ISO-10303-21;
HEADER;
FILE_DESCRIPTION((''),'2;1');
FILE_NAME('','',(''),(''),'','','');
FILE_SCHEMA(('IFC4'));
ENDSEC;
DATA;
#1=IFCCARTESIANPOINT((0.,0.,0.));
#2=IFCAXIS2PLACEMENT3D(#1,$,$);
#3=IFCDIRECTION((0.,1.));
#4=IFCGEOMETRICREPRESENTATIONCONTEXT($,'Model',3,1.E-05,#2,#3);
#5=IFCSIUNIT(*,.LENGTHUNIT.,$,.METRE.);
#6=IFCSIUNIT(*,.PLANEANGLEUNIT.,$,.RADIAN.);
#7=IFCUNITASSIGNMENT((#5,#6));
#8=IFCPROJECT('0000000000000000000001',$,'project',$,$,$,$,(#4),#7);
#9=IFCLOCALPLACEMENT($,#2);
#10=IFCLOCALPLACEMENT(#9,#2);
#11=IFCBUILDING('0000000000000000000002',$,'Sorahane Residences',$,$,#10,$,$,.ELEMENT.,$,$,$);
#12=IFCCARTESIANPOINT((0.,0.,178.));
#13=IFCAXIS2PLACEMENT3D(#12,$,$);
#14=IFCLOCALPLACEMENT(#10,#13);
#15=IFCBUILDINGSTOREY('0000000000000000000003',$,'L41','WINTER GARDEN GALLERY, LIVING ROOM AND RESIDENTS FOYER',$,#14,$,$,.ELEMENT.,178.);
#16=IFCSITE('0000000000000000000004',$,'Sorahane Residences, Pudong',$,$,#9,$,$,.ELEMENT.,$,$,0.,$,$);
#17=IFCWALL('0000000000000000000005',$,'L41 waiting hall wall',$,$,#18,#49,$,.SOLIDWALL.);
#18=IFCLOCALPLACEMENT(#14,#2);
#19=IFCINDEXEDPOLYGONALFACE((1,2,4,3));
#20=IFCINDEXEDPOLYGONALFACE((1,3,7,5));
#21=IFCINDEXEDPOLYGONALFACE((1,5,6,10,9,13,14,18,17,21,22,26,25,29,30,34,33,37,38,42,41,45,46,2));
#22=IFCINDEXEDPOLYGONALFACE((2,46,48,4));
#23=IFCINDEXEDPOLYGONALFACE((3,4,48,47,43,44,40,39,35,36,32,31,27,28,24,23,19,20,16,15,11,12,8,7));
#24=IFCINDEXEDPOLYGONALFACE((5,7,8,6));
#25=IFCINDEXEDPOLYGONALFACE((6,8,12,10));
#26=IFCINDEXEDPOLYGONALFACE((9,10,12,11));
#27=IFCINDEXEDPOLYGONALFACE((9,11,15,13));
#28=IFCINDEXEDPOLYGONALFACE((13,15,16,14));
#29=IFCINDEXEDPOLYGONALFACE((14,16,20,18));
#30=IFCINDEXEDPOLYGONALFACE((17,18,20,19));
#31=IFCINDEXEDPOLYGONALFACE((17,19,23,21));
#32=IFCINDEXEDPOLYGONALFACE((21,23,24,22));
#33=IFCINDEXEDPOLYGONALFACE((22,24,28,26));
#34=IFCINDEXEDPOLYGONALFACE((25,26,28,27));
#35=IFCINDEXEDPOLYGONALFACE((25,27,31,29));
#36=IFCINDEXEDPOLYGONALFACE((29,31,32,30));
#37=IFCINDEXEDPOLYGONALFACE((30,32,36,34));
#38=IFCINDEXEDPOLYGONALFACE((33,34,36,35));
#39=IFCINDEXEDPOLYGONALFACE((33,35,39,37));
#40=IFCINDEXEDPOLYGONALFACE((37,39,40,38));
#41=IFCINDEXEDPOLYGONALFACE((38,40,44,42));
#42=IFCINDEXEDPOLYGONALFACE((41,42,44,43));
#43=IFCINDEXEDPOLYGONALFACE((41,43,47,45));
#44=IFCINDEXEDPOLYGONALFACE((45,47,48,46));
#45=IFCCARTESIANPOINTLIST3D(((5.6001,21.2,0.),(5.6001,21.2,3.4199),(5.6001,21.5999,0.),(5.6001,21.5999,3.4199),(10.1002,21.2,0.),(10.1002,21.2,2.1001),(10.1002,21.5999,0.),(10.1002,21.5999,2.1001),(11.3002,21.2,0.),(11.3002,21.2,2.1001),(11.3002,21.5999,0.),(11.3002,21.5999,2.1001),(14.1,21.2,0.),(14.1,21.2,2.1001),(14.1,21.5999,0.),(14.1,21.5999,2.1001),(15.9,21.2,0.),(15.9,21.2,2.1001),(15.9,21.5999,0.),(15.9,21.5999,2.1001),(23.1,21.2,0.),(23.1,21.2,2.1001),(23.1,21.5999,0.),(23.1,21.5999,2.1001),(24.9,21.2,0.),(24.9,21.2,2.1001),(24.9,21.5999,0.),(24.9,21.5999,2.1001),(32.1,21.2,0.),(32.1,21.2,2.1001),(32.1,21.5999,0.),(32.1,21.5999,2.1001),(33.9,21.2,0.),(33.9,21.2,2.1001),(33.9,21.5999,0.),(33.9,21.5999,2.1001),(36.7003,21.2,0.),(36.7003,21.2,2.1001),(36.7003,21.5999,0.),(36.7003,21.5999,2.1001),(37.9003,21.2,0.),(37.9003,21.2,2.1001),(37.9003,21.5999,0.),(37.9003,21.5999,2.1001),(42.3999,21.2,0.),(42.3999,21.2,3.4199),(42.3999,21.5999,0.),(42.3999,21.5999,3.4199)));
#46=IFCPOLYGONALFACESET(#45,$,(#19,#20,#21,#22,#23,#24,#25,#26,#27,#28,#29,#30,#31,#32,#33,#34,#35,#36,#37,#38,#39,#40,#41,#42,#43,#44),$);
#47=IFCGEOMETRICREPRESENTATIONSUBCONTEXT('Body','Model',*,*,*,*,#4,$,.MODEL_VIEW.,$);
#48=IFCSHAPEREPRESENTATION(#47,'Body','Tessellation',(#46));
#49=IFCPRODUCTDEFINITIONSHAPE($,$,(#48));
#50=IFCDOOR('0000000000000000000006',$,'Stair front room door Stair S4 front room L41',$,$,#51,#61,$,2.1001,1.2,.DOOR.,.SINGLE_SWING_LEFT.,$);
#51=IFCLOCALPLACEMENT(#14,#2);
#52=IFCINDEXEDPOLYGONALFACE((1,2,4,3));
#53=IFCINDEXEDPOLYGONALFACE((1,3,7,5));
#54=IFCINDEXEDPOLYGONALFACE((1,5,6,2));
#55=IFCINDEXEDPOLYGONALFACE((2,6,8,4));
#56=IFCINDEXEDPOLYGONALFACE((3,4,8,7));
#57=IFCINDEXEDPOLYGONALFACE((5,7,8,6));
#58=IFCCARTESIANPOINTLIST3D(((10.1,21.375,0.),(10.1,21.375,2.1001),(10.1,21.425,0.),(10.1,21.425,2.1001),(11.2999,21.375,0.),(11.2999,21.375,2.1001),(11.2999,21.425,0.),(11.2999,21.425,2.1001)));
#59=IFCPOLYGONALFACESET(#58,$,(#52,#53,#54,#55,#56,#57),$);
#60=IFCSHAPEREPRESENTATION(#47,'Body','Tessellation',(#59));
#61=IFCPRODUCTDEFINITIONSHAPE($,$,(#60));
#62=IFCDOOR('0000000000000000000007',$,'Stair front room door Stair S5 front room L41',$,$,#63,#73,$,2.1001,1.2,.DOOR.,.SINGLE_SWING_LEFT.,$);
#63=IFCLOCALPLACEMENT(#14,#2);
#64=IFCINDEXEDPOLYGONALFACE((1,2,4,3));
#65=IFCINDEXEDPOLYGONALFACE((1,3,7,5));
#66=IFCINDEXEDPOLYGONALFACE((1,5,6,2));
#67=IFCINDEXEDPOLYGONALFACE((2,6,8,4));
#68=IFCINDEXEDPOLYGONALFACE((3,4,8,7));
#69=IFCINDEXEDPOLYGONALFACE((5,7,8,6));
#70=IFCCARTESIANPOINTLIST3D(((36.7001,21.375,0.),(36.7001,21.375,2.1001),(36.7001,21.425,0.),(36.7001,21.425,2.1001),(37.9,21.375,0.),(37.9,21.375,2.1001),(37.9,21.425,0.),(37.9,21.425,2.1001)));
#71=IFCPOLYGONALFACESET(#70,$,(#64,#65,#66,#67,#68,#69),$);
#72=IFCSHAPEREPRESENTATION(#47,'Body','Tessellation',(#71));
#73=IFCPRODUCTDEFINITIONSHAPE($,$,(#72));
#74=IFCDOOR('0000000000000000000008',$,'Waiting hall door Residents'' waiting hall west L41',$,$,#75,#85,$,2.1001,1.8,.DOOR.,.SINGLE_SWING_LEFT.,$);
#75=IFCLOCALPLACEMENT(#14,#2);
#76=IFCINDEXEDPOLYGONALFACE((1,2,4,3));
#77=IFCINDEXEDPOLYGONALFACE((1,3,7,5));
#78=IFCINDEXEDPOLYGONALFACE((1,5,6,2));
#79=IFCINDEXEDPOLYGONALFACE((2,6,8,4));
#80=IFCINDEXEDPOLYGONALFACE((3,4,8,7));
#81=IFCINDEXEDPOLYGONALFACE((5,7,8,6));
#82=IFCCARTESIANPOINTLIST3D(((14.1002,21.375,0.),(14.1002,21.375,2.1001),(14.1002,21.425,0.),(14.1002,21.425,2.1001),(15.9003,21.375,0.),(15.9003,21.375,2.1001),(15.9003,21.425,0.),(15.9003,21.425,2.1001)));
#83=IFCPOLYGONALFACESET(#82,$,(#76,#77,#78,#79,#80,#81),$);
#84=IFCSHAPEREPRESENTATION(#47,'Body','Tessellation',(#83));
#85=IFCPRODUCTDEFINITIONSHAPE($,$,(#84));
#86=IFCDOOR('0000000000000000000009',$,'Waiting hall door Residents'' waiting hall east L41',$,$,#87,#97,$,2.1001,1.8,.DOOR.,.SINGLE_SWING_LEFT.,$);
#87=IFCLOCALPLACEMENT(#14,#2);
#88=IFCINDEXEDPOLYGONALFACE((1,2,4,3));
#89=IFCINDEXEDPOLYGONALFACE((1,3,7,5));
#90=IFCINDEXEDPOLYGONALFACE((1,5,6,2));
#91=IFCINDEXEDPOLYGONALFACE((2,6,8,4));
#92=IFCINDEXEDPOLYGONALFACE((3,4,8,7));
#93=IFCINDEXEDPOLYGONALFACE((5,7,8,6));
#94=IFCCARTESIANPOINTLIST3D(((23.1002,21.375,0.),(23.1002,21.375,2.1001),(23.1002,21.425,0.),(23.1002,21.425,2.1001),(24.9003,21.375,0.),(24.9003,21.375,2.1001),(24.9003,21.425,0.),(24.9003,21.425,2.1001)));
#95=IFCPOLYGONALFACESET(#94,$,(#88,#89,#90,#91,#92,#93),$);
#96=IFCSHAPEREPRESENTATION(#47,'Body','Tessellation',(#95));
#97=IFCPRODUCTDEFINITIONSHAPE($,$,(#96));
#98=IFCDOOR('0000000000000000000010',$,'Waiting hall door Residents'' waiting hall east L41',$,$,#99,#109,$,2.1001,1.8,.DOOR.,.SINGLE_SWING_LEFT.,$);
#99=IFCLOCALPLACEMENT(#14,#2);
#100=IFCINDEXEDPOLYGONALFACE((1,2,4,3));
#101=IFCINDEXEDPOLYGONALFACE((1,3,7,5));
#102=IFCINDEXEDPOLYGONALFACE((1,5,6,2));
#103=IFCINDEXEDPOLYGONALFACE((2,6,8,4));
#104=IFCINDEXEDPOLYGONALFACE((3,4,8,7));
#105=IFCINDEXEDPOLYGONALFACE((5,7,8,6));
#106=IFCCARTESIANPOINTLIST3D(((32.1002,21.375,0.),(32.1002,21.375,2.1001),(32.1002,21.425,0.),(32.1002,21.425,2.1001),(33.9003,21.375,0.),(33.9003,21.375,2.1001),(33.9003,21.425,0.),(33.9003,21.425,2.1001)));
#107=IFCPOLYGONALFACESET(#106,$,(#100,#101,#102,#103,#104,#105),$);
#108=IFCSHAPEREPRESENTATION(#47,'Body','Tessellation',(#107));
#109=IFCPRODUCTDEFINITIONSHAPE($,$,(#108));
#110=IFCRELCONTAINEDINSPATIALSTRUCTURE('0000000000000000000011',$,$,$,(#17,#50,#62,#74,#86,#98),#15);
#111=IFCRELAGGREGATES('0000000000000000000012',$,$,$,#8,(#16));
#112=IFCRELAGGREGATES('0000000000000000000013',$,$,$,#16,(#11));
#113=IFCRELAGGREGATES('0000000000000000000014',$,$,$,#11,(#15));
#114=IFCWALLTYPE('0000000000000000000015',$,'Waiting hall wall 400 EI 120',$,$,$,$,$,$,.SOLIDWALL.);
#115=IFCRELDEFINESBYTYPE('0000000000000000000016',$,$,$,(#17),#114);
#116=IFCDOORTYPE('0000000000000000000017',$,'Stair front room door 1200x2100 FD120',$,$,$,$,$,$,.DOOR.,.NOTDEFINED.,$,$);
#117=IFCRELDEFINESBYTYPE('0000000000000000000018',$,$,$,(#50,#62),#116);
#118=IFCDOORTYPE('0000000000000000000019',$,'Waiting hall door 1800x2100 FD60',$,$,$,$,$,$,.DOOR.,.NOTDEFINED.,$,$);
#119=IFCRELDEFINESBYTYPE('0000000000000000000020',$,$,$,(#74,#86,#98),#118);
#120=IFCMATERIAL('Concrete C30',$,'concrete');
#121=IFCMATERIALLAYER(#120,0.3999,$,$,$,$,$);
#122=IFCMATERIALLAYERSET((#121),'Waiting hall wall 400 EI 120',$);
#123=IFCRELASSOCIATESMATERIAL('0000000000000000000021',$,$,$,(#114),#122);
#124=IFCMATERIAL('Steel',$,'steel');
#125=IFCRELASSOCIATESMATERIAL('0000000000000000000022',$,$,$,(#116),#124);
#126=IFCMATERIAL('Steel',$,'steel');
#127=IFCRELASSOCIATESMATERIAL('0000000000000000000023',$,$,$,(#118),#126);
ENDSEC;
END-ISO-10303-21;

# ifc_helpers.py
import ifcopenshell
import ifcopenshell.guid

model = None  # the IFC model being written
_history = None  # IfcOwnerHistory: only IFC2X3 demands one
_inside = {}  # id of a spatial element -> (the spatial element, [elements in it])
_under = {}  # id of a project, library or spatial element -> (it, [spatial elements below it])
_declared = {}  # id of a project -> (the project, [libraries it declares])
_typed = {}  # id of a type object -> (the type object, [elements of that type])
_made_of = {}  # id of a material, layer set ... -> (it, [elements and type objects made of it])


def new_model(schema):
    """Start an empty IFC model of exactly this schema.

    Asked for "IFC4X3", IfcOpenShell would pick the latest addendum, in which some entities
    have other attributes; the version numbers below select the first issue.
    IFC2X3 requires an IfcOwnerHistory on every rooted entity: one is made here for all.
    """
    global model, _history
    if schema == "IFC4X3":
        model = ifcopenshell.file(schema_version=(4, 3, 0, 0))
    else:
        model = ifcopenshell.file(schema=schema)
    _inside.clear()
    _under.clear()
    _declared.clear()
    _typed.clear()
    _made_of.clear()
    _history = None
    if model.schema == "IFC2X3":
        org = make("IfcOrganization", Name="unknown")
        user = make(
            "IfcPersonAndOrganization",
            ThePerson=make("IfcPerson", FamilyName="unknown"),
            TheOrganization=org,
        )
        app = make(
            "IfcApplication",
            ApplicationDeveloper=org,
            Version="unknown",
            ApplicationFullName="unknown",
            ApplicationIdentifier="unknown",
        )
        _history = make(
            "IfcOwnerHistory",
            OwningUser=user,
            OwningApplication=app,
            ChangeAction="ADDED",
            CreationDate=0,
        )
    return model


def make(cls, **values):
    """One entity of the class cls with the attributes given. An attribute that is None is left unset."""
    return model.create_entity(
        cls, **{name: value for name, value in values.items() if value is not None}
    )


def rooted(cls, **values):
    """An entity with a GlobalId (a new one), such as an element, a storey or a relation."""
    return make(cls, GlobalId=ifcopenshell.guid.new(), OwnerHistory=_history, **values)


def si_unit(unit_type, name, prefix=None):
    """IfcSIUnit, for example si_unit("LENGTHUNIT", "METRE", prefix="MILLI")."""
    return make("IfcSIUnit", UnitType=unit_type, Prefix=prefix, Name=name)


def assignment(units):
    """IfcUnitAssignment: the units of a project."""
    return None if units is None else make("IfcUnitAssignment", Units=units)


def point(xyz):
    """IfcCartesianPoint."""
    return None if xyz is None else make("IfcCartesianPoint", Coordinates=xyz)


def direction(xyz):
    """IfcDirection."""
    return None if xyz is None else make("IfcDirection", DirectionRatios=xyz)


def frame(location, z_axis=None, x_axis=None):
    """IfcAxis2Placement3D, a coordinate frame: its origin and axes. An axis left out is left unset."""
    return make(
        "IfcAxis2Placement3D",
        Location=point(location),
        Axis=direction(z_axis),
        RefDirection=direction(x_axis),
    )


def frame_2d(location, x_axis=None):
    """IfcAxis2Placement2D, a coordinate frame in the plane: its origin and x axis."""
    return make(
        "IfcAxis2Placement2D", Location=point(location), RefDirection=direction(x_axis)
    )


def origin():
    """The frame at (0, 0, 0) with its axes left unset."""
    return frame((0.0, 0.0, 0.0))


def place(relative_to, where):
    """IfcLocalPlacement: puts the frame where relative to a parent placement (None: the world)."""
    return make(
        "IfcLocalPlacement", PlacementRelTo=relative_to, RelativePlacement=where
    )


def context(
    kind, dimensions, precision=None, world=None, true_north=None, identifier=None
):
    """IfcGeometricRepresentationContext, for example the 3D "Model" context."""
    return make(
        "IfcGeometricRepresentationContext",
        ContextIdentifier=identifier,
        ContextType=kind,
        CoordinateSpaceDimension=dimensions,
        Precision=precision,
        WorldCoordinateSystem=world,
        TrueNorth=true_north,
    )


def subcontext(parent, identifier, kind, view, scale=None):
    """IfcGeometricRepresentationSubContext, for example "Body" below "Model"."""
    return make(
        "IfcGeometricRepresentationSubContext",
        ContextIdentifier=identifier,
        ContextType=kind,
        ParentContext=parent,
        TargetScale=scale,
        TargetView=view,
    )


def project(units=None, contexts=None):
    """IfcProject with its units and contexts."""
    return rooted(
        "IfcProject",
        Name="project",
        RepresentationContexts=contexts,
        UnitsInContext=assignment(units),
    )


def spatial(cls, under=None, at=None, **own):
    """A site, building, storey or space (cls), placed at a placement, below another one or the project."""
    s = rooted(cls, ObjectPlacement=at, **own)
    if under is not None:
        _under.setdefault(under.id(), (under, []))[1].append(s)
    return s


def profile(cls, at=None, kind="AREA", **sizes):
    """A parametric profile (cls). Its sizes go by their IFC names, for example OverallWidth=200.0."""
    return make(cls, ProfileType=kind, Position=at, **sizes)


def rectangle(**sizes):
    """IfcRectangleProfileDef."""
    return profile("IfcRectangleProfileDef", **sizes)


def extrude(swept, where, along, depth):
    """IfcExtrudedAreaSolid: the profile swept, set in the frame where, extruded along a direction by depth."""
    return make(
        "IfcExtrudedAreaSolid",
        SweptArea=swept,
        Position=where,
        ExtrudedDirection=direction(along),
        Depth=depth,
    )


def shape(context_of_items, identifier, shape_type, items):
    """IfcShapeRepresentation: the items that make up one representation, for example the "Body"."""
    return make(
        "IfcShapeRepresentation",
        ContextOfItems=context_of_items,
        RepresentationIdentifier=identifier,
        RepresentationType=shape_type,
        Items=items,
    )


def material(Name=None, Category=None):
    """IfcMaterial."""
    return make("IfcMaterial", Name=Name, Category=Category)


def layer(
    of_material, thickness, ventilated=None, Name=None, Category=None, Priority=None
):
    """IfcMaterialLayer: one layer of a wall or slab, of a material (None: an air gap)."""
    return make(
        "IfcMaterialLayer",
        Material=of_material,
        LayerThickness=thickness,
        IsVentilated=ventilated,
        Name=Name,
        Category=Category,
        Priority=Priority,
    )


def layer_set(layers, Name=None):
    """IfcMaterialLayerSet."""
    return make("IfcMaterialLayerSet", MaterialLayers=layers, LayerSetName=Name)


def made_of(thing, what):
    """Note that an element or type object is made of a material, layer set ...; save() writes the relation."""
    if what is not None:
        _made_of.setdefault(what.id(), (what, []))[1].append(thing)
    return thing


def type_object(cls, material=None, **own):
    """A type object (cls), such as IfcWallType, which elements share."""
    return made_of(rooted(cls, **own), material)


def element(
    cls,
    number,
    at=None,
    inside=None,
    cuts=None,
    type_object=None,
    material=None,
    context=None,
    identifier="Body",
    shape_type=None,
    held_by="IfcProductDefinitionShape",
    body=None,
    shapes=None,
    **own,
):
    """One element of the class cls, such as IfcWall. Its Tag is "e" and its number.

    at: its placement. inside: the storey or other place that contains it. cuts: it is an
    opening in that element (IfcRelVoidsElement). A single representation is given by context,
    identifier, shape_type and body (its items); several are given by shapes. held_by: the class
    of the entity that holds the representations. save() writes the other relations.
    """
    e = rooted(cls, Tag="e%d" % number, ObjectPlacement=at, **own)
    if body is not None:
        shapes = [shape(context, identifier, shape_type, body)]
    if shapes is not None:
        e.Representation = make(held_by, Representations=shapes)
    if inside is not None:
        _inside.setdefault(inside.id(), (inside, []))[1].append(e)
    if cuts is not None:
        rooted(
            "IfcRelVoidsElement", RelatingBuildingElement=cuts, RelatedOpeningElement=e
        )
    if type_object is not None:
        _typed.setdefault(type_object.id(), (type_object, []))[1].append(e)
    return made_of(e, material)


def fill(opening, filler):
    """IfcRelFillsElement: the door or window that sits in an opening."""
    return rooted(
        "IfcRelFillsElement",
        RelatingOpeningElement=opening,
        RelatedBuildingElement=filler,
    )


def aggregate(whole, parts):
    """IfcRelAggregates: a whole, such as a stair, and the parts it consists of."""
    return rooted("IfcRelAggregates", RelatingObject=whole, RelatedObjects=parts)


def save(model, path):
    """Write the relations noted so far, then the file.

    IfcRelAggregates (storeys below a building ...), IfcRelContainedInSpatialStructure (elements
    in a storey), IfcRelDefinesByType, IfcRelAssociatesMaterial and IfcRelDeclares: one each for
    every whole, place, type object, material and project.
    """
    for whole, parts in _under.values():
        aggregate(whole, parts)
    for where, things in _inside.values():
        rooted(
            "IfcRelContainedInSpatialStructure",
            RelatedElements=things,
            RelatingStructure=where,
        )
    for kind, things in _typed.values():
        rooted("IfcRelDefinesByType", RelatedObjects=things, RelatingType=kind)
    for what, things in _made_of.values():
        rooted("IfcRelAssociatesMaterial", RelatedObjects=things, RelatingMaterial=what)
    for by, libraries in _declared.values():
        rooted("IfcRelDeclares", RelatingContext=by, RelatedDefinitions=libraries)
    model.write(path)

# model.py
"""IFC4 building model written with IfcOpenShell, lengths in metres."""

from ifc_helpers import new_model, si_unit, direction, frame, frame_2d, origin, place, context, subcontext, project, spatial, rectangle, extrude, material, layer, layer_set, type_object, element, fill, save


model = new_model("IFC4")

# Units and contexts
model_context = context("Model", 3, precision=1e-05, world=origin(), true_north=direction((0.0, 1.0)))
body_context = subcontext(model_context, "Body", "Model", "MODEL_VIEW")
ifc_project = project(units=[si_unit("LENGTHUNIT", "METRE"), si_unit("PLANEANGLEUNIT", "RADIAN")], contexts=[model_context])

# Site, building, storey
site_placement = place(None, origin())
site = spatial("IfcSite", under=ifc_project, at=site_placement, Name="Sorahane Residences, Pudong", CompositionType="ELEMENT", RefElevation=0.0)
building_placement = place(site_placement, origin())
building = spatial("IfcBuilding", under=site, at=building_placement, Name="Sorahane Residences", CompositionType="ELEMENT")
storey_placement = place(building_placement, frame((0.0, 0.0, 178.0)))
storey = spatial("IfcBuildingStorey", under=building, at=storey_placement, Name="L41", Description="WINTER GARDEN GALLERY, LIVING ROOM AND RESIDENTS FOYER", CompositionType="ELEMENT", Elevation=178.0)

# Wall, openings, doors
ifc_material_1 = material(Name="Concrete C30", Category="concrete")
ifc_layer_1 = layer(ifc_material_1, 0.3999)
ifc_layer_set_1 = layer_set([ifc_layer_1], Name="Waiting hall wall 400 EI 120")
wall_type_1 = type_object("IfcWallType", Name="Waiting hall wall 400 EI 120", PredefinedType="SOLIDWALL", material=ifc_layer_set_1)
wall_1_placement = place(storey_placement, frame((5.6001, 21.3999, 0.0), z_axis=(0.0, 0.0, 1.0), x_axis=(1.0, 0.0, 0.0)))
wall_1 = element("IfcWall", 1, at=wall_1_placement, inside=storey, type_object=wall_type_1, Name="L41 waiting hall wall", PredefinedType="SOLIDWALL", context=body_context, shape_type="SweptSolid", body=[
    extrude(rectangle(XDim=36.7998, YDim=0.3999, at=frame_2d((18.3999, 0.0))), origin(), (0.0, 0.0, 1.0), 3.4199),
])
opening_1_placement = place(wall_1_placement, frame((8.5, 0.0, 0.0)))
opening_1 = element("IfcOpeningElement", 2, at=opening_1_placement, cuts=wall_1, PredefinedType="OPENING", context=body_context, shape_type="SweptSolid", body=[
    extrude(rectangle(XDim=1.8, YDim=2.1001, at=frame_2d((0.8999, 1.05))), frame((0.0, 0.21, 0.0), z_axis=(0.0, -1.0, 0.0), x_axis=(1.0, 0.0, 0.0)), (0.0, 0.0, 1.0), 0.4199),
])
opening_2_placement = place(wall_1_placement, frame((17.5, 0.0, 0.0)))
opening_2 = element("IfcOpeningElement", 3, at=opening_2_placement, cuts=wall_1, PredefinedType="OPENING", context=body_context, shape_type="SweptSolid", body=[
    extrude(rectangle(XDim=1.8, YDim=2.1001, at=frame_2d((0.8999, 1.05))), frame((0.0, 0.21, 0.0), z_axis=(0.0, -1.0, 0.0), x_axis=(1.0, 0.0, 0.0)), (0.0, 0.0, 1.0), 0.4199),
])
opening_3_placement = place(wall_1_placement, frame((26.5, 0.0, 0.0)))
opening_3 = element("IfcOpeningElement", 4, at=opening_3_placement, cuts=wall_1, PredefinedType="OPENING", context=body_context, shape_type="SweptSolid", body=[
    extrude(rectangle(XDim=1.8, YDim=2.1001, at=frame_2d((0.8999, 1.05))), frame((0.0, 0.21, 0.0), z_axis=(0.0, -1.0, 0.0), x_axis=(1.0, 0.0, 0.0)), (0.0, 0.0, 1.0), 0.4199),
])
opening_4_placement = place(wall_1_placement, frame((4.5, 0.0, 0.0)))
opening_4 = element("IfcOpeningElement", 5, at=opening_4_placement, cuts=wall_1, PredefinedType="OPENING", context=body_context, shape_type="SweptSolid", body=[
    extrude(rectangle(XDim=1.2, YDim=2.1001, at=frame_2d((0.6001, 1.05))), frame((0.0, 0.21, 0.0), z_axis=(0.0, -1.0, 0.0), x_axis=(1.0, 0.0, 0.0)), (0.0, 0.0, 1.0), 0.4199),
])
opening_5_placement = place(wall_1_placement, frame((31.1001, 0.0, 0.0)))
opening_5 = element("IfcOpeningElement", 6, at=opening_5_placement, cuts=wall_1, PredefinedType="OPENING", context=body_context, shape_type="SweptSolid", body=[
    extrude(rectangle(XDim=1.2, YDim=2.1001, at=frame_2d((0.6001, 1.05))), frame((0.0, 0.21, 0.0), z_axis=(0.0, -1.0, 0.0), x_axis=(1.0, 0.0, 0.0)), (0.0, 0.0, 1.0), 0.4199),
])
ifc_material_2 = material(Name="Steel", Category="steel")
door_type_1 = type_object("IfcDoorType", Name="Stair front room door 1200x2100 FD120", OperationType="NOTDEFINED", PredefinedType="DOOR", material=ifc_material_2)
door_1_placement = place(opening_4_placement, frame((1.2, 0.0, 0.0), z_axis=(0.0, 0.0, 1.0), x_axis=(-1.0, 0.0, 0.0)))
door_1 = element("IfcDoor", 7, at=door_1_placement, inside=storey, type_object=door_type_1, Name="Stair front room door Stair S4 front room L41", OperationType="SINGLE_SWING_LEFT", OverallHeight=2.1001, OverallWidth=1.2, PredefinedType="DOOR", context=body_context, shape_type="SweptSolid", body=[
    extrude(rectangle(XDim=1.2, YDim=2.1001, at=frame_2d((0.6001, 1.05))), frame((0.0, 0.0249, 0.0), z_axis=(0.0, -1.0, 0.0), x_axis=(1.0, 0.0, 0.0)), (0.0, 0.0, 1.0), 0.05),
])
fill(opening_4, door_1)
door_2_placement = place(opening_5_placement, frame((1.2, 0.0, 0.0), z_axis=(0.0, 0.0, 1.0), x_axis=(-1.0, 0.0, 0.0)))
door_2 = element("IfcDoor", 8, at=door_2_placement, inside=storey, type_object=door_type_1, Name="Stair front room door Stair S5 front room L41", OperationType="SINGLE_SWING_LEFT", OverallHeight=2.1001, OverallWidth=1.2, PredefinedType="DOOR", context=body_context, shape_type="SweptSolid", body=[
    extrude(rectangle(XDim=1.2, YDim=2.1001, at=frame_2d((0.6001, 1.05))), frame((0.0, 0.0249, 0.0), z_axis=(0.0, -1.0, 0.0), x_axis=(1.0, 0.0, 0.0)), (0.0, 0.0, 1.0), 0.05),
])
fill(opening_5, door_2)
ifc_material_3 = material(Name="Steel", Category="steel")
door_type_2 = type_object("IfcDoorType", Name="Waiting hall door 1800x2100 FD60", OperationType="NOTDEFINED", PredefinedType="DOOR", material=ifc_material_3)
door_3_placement = place(opening_1_placement, frame((1.8, 0.0, 0.0), z_axis=(0.0, 0.0, 1.0), x_axis=(-1.0, 0.0, 0.0)))
door_3 = element("IfcDoor", 9, at=door_3_placement, inside=storey, type_object=door_type_2, Name="Waiting hall door Residents' waiting hall west L41", OperationType="SINGLE_SWING_LEFT", OverallHeight=2.1001, OverallWidth=1.8, PredefinedType="DOOR", context=body_context, shape_type="SweptSolid", body=[
    extrude(rectangle(XDim=1.8, YDim=2.1001, at=frame_2d((0.8999, 1.05))), frame((0.0, 0.0249, 0.0), z_axis=(0.0, -1.0, 0.0), x_axis=(1.0, 0.0, 0.0)), (0.0, 0.0, 1.0), 0.05),
])
fill(opening_1, door_3)
door_4_placement = place(opening_2_placement, frame((1.8, 0.0, 0.0), z_axis=(0.0, 0.0, 1.0), x_axis=(-1.0, 0.0, 0.0)))
door_4 = element("IfcDoor", 10, at=door_4_placement, inside=storey, type_object=door_type_2, Name="Waiting hall door Residents' waiting hall east L41", OperationType="SINGLE_SWING_LEFT", OverallHeight=2.1001, OverallWidth=1.8, PredefinedType="DOOR", context=body_context, shape_type="SweptSolid", body=[
    extrude(rectangle(XDim=1.8, YDim=2.1001, at=frame_2d((0.8999, 1.05))), frame((0.0, 0.0249, 0.0), z_axis=(0.0, -1.0, 0.0), x_axis=(1.0, 0.0, 0.0)), (0.0, 0.0, 1.0), 0.05),
])
fill(opening_2, door_4)
door_5_placement = place(opening_3_placement, frame((1.8, 0.0, 0.0), z_axis=(0.0, 0.0, 1.0), x_axis=(-1.0, 0.0, 0.0)))
door_5 = element("IfcDoor", 11, at=door_5_placement, inside=storey, type_object=door_type_2, Name="Waiting hall door Residents' waiting hall east L41", OperationType="SINGLE_SWING_LEFT", OverallHeight=2.1001, OverallWidth=1.8, PredefinedType="DOOR", context=body_context, shape_type="SweptSolid", body=[
    extrude(rectangle(XDim=1.8, YDim=2.1001, at=frame_2d((0.8999, 1.05))), frame((0.0, 0.0249, 0.0), z_axis=(0.0, -1.0, 0.0), x_axis=(1.0, 0.0, 0.0)), (0.0, 0.0, 1.0), 0.05),
])
fill(opening_3, door_5)

save(model, "model.ifc")
